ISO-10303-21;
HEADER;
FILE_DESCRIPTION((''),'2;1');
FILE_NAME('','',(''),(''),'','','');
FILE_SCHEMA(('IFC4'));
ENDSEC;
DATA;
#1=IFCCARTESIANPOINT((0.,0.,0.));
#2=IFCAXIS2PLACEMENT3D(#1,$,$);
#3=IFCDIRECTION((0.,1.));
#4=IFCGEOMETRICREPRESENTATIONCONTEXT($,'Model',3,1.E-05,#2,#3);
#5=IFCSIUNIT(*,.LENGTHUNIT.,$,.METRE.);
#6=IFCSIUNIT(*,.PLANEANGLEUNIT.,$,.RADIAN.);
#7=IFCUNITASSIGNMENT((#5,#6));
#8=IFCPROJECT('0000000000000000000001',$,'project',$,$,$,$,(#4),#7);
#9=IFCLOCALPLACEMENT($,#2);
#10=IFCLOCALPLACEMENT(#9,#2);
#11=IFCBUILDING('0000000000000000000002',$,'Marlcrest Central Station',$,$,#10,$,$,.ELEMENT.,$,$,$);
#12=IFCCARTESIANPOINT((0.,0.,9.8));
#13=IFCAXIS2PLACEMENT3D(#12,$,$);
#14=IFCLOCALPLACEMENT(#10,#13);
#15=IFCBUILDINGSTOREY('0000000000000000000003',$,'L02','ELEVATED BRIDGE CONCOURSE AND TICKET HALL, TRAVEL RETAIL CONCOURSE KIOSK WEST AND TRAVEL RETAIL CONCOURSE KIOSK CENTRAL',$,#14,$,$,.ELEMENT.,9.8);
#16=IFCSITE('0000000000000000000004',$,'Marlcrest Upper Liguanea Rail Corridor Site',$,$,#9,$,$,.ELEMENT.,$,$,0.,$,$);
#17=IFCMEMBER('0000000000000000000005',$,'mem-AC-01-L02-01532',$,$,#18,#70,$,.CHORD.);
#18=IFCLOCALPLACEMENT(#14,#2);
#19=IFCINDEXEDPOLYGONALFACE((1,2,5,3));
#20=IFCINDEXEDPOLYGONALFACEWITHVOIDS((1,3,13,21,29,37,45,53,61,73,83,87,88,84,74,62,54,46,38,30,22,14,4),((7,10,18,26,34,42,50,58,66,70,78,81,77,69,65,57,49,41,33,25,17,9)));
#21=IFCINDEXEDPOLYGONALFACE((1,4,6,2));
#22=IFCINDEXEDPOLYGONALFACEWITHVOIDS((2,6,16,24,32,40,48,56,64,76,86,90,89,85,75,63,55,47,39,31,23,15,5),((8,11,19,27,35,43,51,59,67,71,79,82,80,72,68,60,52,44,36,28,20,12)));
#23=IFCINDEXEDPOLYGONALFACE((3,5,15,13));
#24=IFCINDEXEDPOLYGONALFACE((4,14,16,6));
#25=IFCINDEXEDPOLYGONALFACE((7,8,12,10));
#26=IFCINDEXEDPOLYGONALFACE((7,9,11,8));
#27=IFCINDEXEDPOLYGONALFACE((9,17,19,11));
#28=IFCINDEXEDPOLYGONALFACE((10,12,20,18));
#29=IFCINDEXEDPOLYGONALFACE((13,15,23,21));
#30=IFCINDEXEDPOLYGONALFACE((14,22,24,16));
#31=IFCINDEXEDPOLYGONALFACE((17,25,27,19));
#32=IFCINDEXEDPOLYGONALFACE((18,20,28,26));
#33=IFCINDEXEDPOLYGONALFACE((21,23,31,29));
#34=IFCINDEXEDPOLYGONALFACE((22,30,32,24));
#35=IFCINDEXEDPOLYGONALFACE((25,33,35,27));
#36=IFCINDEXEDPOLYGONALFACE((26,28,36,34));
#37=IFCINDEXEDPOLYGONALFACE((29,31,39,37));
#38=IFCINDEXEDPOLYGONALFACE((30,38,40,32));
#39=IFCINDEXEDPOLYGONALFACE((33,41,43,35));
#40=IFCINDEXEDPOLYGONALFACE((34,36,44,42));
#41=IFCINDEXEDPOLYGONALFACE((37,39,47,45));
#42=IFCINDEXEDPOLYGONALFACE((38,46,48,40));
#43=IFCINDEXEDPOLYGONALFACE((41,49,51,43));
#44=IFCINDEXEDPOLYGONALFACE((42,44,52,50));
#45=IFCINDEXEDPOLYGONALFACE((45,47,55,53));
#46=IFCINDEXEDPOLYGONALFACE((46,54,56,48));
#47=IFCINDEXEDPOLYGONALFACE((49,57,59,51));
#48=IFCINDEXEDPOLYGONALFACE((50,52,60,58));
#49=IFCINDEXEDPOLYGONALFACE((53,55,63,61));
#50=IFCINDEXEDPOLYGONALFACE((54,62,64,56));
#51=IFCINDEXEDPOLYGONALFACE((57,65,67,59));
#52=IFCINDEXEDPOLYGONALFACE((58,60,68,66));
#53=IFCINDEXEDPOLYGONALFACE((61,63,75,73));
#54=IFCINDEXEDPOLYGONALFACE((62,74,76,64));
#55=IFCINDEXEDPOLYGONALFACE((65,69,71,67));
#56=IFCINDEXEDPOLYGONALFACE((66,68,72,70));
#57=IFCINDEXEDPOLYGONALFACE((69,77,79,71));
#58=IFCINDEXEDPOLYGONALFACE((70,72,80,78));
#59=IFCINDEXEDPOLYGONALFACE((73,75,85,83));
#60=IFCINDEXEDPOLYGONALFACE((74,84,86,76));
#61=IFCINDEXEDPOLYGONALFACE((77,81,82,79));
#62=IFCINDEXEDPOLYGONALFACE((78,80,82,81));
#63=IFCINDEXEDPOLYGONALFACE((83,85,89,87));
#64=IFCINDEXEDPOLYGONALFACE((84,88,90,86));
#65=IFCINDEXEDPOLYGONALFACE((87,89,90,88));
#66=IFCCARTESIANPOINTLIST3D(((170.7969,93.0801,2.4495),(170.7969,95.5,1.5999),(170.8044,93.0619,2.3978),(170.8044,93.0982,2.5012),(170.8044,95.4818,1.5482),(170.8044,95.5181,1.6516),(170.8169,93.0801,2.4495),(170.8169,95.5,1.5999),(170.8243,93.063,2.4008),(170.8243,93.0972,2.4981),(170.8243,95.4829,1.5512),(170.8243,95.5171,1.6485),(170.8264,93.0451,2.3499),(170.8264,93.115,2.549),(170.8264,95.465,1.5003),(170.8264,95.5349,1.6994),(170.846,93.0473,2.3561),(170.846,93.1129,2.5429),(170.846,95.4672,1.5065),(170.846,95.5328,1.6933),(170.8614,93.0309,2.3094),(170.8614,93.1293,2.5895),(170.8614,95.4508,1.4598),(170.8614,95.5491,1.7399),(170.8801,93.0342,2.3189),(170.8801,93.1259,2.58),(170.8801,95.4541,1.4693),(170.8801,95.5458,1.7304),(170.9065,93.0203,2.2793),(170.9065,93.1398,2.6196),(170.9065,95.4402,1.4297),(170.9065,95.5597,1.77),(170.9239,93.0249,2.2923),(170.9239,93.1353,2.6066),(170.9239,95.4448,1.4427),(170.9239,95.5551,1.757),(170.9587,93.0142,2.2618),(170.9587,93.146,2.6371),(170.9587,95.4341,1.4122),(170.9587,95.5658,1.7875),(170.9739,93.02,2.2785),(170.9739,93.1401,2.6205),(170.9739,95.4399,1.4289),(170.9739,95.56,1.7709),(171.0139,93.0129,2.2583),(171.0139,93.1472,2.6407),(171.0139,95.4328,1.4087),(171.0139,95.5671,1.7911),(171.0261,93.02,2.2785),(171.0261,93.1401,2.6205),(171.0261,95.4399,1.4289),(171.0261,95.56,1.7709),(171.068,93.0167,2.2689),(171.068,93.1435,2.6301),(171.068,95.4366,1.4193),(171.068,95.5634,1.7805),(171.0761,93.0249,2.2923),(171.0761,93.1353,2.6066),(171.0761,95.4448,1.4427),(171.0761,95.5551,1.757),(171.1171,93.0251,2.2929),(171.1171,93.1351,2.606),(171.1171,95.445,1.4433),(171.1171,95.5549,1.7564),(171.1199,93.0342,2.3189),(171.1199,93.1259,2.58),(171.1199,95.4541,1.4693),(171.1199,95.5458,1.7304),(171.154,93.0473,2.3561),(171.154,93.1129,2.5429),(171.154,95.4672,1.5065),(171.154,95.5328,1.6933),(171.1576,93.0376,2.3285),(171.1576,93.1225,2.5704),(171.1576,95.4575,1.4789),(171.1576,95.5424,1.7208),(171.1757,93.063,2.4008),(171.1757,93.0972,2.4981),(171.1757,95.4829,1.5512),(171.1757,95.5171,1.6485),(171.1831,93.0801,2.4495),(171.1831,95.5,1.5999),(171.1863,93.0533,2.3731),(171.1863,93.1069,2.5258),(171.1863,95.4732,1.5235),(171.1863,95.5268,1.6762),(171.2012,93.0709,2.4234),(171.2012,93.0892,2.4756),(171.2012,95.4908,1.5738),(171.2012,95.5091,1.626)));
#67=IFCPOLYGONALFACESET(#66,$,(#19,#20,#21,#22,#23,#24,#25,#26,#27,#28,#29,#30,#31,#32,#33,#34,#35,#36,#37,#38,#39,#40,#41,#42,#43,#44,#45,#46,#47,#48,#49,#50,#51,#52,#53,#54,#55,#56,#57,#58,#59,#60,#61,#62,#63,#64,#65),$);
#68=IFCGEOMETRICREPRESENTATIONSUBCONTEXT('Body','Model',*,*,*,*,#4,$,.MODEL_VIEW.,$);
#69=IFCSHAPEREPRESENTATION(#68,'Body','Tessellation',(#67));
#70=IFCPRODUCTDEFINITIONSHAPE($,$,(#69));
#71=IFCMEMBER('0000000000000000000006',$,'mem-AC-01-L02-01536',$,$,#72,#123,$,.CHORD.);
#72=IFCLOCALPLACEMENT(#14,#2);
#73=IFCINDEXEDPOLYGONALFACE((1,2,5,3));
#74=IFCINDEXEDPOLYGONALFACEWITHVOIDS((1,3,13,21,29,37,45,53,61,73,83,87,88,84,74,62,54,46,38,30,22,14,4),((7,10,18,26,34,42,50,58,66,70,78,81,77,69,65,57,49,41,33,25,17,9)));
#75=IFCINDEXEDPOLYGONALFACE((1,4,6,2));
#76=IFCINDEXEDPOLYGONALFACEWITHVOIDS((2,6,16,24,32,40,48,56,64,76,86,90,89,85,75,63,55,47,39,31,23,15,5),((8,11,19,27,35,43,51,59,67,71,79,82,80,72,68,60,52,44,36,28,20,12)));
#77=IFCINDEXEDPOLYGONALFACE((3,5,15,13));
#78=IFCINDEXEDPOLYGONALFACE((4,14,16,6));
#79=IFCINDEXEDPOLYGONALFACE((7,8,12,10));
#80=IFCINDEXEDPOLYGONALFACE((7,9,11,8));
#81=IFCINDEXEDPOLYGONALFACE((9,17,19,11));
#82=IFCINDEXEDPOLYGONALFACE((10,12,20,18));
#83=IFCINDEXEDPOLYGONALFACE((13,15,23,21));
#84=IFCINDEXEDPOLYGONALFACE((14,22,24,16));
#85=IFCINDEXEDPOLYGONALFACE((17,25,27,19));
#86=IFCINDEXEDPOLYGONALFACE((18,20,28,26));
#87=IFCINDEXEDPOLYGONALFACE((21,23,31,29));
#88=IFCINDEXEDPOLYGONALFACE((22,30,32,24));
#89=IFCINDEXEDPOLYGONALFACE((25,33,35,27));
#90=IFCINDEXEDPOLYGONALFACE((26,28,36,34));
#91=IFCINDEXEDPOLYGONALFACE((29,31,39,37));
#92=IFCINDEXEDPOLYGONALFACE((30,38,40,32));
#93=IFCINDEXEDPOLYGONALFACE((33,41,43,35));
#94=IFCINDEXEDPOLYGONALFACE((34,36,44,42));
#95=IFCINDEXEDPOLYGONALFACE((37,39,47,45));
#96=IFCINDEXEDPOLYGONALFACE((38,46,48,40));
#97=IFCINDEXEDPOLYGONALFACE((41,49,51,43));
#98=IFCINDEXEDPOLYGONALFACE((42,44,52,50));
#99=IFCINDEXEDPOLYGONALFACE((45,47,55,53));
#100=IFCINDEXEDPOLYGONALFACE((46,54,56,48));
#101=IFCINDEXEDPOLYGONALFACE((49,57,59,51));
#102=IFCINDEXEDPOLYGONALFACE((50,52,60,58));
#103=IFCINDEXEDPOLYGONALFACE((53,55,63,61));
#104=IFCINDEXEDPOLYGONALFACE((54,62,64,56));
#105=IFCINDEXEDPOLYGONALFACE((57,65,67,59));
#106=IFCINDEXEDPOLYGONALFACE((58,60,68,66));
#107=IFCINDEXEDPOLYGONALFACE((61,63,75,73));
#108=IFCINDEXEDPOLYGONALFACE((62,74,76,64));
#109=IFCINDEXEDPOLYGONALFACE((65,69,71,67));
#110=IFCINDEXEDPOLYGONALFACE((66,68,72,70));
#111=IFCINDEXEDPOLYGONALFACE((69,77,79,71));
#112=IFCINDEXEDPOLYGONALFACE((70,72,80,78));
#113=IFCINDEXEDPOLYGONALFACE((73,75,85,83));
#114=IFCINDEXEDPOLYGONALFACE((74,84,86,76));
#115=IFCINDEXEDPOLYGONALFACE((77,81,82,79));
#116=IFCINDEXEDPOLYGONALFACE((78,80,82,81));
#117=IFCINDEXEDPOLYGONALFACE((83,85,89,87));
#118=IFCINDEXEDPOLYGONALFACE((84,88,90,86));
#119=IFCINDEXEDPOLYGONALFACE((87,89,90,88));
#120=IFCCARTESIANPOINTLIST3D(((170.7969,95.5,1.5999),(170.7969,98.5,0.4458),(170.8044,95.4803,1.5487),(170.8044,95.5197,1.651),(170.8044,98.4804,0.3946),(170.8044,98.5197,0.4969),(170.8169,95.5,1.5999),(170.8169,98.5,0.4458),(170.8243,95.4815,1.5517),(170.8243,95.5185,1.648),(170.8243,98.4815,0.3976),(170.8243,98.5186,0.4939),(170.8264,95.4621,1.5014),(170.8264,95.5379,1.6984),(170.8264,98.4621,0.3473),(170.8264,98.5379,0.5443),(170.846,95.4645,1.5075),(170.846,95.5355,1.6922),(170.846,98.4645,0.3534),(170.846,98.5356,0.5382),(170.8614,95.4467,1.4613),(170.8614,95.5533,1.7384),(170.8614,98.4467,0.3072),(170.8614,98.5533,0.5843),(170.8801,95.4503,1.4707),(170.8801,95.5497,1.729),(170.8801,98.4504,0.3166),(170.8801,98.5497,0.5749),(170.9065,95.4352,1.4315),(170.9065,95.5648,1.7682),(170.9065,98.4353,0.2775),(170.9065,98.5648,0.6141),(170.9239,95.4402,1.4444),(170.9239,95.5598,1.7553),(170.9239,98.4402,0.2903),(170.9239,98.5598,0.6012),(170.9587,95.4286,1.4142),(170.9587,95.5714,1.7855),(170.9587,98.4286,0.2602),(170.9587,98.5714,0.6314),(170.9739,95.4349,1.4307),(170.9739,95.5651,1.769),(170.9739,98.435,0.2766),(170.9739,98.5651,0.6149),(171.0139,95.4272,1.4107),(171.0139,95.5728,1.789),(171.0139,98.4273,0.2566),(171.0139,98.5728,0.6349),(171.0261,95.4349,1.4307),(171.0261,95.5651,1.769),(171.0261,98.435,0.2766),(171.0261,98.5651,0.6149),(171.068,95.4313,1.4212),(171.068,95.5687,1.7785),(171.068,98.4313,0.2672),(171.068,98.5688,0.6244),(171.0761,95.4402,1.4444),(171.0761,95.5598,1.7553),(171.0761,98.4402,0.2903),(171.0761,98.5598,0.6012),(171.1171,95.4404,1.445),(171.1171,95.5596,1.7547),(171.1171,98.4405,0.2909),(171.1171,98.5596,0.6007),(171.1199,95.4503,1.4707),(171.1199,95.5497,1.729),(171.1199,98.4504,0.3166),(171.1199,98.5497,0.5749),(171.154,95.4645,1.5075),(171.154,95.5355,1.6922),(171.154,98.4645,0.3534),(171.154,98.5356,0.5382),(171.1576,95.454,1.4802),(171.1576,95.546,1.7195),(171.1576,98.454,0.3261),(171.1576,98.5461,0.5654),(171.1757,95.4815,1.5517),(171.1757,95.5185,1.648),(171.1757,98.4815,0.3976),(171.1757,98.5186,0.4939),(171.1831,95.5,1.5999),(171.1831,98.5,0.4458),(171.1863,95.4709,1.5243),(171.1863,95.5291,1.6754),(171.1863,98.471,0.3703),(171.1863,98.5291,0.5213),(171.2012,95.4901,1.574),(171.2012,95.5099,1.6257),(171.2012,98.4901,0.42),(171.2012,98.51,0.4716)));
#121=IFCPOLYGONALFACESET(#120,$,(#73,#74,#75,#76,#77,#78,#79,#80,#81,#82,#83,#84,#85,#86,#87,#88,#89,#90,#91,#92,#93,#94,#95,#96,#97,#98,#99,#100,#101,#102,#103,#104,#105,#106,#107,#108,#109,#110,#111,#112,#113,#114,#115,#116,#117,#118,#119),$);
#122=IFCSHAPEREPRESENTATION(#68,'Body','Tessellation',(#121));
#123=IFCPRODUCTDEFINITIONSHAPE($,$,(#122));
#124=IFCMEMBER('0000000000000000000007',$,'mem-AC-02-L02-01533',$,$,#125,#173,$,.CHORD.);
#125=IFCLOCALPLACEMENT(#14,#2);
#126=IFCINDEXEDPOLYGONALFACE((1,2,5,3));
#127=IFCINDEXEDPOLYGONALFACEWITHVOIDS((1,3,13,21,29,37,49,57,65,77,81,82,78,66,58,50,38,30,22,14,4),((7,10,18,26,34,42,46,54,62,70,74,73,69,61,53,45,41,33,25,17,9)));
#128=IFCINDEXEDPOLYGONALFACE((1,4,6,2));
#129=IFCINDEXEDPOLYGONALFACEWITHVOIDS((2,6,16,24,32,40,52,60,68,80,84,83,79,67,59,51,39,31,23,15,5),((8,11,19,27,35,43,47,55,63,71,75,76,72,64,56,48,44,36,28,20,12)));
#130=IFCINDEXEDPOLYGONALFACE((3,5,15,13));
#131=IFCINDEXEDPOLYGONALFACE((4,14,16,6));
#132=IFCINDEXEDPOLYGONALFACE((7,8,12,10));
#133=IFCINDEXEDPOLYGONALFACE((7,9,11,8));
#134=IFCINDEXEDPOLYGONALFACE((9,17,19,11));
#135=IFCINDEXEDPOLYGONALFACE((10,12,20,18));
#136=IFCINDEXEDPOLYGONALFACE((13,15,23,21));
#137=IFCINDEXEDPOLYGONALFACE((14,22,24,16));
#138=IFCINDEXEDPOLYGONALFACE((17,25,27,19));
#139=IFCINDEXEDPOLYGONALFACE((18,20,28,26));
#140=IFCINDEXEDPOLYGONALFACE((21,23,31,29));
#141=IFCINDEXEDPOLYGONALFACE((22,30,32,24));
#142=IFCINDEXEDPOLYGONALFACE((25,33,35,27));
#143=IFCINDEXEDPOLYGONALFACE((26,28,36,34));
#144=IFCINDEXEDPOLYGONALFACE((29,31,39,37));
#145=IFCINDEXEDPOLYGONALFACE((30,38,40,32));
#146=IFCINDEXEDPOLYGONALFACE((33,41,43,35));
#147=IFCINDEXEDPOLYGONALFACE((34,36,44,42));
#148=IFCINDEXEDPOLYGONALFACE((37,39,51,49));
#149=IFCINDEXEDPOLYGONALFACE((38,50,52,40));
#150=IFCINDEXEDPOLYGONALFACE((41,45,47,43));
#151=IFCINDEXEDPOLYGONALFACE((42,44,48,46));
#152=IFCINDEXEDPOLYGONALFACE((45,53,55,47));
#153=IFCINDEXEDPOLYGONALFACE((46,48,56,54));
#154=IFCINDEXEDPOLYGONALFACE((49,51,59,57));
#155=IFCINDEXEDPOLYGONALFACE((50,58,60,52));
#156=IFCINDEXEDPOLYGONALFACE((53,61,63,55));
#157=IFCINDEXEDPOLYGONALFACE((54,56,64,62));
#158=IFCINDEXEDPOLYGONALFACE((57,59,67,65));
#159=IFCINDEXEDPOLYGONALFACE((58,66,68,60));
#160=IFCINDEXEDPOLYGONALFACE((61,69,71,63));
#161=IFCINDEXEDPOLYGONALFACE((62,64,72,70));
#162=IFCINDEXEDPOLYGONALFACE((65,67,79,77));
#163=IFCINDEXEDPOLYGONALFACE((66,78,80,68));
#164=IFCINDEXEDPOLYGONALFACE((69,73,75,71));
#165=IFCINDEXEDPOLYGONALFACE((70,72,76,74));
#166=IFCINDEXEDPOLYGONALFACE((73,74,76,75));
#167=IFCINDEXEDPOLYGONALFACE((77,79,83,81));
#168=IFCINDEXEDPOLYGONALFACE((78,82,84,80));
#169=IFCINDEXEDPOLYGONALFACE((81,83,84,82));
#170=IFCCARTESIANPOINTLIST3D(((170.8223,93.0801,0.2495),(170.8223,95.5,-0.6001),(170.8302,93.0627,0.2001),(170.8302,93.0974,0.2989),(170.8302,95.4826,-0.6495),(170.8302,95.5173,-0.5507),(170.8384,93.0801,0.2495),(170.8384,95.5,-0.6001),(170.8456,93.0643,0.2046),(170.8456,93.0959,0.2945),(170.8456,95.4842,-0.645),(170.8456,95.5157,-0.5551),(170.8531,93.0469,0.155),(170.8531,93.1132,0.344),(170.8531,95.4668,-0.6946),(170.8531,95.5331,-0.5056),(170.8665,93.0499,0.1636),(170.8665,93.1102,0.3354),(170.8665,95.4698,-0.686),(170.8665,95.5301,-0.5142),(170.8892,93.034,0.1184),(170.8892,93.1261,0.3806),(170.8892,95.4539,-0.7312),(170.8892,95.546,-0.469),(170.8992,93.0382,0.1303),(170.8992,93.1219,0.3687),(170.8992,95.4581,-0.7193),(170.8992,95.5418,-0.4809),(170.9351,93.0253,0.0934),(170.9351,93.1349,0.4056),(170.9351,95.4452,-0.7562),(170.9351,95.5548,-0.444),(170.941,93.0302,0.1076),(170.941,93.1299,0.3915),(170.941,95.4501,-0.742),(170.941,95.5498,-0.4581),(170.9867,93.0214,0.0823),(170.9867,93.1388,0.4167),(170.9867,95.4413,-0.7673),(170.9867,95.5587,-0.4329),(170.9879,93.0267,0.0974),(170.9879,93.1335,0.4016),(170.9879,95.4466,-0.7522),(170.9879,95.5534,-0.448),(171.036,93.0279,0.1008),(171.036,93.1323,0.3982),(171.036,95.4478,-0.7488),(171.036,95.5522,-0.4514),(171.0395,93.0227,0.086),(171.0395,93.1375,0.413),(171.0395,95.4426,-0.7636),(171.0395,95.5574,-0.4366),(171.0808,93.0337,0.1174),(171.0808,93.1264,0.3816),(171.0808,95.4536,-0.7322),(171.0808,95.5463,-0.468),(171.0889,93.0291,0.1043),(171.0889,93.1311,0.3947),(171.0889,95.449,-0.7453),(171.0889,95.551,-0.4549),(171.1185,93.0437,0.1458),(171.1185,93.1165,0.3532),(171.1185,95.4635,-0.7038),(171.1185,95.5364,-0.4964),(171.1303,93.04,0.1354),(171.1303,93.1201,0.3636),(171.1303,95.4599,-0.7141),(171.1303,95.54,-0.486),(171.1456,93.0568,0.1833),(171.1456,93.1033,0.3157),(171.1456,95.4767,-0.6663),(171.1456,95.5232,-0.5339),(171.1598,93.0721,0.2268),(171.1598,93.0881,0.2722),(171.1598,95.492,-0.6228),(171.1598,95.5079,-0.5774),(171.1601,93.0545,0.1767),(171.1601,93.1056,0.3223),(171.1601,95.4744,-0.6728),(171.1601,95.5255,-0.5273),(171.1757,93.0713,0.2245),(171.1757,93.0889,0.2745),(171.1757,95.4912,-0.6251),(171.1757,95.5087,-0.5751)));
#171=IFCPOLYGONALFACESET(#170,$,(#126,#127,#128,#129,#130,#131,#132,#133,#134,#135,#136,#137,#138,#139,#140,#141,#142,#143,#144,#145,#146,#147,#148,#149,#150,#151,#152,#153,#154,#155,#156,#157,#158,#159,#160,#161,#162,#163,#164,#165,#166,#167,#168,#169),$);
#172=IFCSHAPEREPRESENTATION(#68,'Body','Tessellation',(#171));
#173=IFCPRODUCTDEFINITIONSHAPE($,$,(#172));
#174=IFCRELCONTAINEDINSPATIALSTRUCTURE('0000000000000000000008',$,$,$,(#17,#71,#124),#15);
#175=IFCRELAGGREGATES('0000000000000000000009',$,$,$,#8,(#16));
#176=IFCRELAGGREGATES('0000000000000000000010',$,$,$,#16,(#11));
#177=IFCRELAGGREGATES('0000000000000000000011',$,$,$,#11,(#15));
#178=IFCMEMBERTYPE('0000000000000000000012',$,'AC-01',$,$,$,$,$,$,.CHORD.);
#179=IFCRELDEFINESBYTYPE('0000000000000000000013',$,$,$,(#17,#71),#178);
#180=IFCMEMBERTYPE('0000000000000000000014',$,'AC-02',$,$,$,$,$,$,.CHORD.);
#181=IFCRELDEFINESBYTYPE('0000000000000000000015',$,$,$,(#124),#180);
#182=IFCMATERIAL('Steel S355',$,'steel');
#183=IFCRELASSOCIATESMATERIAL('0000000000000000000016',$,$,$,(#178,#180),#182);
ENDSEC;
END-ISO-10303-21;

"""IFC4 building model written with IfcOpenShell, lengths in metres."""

from ifc_helpers import new_model, si_unit, direction, frame, origin, origin_2d, place, context, subcontext, project, spatial, hollow_circle, extrude, material, material_profile, profile_set, type_object, element, save


model = new_model("IFC4")

# Units and contexts
model_context = context("Model", 3, precision=1e-05, world=origin(), true_north=direction((0.0, 1.0)))
body_context = subcontext(model_context, "Body", "Model", "MODEL_VIEW")
ifc_project = project(units=[si_unit("LENGTHUNIT", "METRE"), si_unit("PLANEANGLEUNIT", "RADIAN")], contexts=[model_context])

# Site, building, storey
site_placement = place(None, origin())
site = spatial("IfcSite", under=ifc_project, at=site_placement, Name="Marlcrest Upper Liguanea Rail Corridor Site", CompositionType="ELEMENT", RefElevation=0.0)
building_placement = place(site_placement, origin())
building = spatial("IfcBuilding", under=site, at=building_placement, Name="Marlcrest Central Station", CompositionType="ELEMENT")
storey_placement = place(building_placement, frame((0.0, 0.0, 9.8)))
storey = spatial("IfcBuildingStorey", under=building, at=storey_placement, Name="L02", Description="ELEVATED BRIDGE CONCOURSE AND TICKET HALL, TRAVEL RETAIL CONCOURSE KIOSK WEST AND TRAVEL RETAIL CONCOURSE KIOSK CENTRAL", CompositionType="ELEMENT", Elevation=9.8)

# Members
ifc_material_1 = material(Name="Steel S355", Category="steel")
ifc_material_profile_1 = material_profile(ifc_material_1, hollow_circle(Radius=0.2031, WallThickness=0.02, at=origin_2d()), Name="CHS 406.4x20")
ifc_profile_set_1 = profile_set([ifc_material_profile_1], Name="Steel S355")
member_type_1 = type_object("IfcMemberType", Name="AC-01", PredefinedType="CHORD", material=ifc_profile_set_1)
member_1_placement = place(storey_placement, frame((171.0, 93.0801, 2.4495), z_axis=(0.0, 0.943537, -0.331266), x_axis=(-1.0, 0.0, 0.0)))
element("IfcMember", 1, at=member_1_placement, inside=storey, type_object=member_type_1, Name="mem-AC-01-L02-01532", PredefinedType="CHORD", context=body_context, shape_type="SweptSolid", body=[
    extrude(hollow_circle(Radius=0.2031, WallThickness=0.02, at=origin_2d()), origin(), (0.0, 0.0, 1.0), 2.5647),
])
member_2_placement = place(storey_placement, frame((171.0, 95.5, 1.5999), z_axis=(0.0, 0.933324, -0.359035), x_axis=(-1.0, 0.0, 0.0)))
element("IfcMember", 2, at=member_2_placement, inside=storey, type_object=member_type_1, Name="mem-AC-01-L02-01536", PredefinedType="CHORD", context=body_context, shape_type="SweptSolid", body=[
    extrude(hollow_circle(Radius=0.2031, WallThickness=0.02, at=origin_2d()), origin(), (0.0, 0.0, 1.0), 3.2144),
])
ifc_material_profile_2 = material_profile(ifc_material_1, hollow_circle(Radius=0.1777, WallThickness=0.0161, at=origin_2d()), Name="CHS 355.6x16")
ifc_profile_set_2 = profile_set([ifc_material_profile_2], Name="Steel S355")
member_type_2 = type_object("IfcMemberType", Name="AC-02", PredefinedType="CHORD", material=ifc_profile_set_2)
member_3_placement = place(storey_placement, frame((171.0, 93.0801, 0.2495), z_axis=(0.0, 0.943537, -0.331266), x_axis=(-1.0, 0.0, 0.0)))
element("IfcMember", 3, at=member_3_placement, inside=storey, type_object=member_type_2, Name="mem-AC-02-L02-01533", PredefinedType="CHORD", context=body_context, shape_type="SweptSolid", body=[
    extrude(hollow_circle(Radius=0.1777, WallThickness=0.0161, at=origin_2d()), origin(), (0.0, 0.0, 1.0), 2.5647),
])

save(model, "model.ifc")
